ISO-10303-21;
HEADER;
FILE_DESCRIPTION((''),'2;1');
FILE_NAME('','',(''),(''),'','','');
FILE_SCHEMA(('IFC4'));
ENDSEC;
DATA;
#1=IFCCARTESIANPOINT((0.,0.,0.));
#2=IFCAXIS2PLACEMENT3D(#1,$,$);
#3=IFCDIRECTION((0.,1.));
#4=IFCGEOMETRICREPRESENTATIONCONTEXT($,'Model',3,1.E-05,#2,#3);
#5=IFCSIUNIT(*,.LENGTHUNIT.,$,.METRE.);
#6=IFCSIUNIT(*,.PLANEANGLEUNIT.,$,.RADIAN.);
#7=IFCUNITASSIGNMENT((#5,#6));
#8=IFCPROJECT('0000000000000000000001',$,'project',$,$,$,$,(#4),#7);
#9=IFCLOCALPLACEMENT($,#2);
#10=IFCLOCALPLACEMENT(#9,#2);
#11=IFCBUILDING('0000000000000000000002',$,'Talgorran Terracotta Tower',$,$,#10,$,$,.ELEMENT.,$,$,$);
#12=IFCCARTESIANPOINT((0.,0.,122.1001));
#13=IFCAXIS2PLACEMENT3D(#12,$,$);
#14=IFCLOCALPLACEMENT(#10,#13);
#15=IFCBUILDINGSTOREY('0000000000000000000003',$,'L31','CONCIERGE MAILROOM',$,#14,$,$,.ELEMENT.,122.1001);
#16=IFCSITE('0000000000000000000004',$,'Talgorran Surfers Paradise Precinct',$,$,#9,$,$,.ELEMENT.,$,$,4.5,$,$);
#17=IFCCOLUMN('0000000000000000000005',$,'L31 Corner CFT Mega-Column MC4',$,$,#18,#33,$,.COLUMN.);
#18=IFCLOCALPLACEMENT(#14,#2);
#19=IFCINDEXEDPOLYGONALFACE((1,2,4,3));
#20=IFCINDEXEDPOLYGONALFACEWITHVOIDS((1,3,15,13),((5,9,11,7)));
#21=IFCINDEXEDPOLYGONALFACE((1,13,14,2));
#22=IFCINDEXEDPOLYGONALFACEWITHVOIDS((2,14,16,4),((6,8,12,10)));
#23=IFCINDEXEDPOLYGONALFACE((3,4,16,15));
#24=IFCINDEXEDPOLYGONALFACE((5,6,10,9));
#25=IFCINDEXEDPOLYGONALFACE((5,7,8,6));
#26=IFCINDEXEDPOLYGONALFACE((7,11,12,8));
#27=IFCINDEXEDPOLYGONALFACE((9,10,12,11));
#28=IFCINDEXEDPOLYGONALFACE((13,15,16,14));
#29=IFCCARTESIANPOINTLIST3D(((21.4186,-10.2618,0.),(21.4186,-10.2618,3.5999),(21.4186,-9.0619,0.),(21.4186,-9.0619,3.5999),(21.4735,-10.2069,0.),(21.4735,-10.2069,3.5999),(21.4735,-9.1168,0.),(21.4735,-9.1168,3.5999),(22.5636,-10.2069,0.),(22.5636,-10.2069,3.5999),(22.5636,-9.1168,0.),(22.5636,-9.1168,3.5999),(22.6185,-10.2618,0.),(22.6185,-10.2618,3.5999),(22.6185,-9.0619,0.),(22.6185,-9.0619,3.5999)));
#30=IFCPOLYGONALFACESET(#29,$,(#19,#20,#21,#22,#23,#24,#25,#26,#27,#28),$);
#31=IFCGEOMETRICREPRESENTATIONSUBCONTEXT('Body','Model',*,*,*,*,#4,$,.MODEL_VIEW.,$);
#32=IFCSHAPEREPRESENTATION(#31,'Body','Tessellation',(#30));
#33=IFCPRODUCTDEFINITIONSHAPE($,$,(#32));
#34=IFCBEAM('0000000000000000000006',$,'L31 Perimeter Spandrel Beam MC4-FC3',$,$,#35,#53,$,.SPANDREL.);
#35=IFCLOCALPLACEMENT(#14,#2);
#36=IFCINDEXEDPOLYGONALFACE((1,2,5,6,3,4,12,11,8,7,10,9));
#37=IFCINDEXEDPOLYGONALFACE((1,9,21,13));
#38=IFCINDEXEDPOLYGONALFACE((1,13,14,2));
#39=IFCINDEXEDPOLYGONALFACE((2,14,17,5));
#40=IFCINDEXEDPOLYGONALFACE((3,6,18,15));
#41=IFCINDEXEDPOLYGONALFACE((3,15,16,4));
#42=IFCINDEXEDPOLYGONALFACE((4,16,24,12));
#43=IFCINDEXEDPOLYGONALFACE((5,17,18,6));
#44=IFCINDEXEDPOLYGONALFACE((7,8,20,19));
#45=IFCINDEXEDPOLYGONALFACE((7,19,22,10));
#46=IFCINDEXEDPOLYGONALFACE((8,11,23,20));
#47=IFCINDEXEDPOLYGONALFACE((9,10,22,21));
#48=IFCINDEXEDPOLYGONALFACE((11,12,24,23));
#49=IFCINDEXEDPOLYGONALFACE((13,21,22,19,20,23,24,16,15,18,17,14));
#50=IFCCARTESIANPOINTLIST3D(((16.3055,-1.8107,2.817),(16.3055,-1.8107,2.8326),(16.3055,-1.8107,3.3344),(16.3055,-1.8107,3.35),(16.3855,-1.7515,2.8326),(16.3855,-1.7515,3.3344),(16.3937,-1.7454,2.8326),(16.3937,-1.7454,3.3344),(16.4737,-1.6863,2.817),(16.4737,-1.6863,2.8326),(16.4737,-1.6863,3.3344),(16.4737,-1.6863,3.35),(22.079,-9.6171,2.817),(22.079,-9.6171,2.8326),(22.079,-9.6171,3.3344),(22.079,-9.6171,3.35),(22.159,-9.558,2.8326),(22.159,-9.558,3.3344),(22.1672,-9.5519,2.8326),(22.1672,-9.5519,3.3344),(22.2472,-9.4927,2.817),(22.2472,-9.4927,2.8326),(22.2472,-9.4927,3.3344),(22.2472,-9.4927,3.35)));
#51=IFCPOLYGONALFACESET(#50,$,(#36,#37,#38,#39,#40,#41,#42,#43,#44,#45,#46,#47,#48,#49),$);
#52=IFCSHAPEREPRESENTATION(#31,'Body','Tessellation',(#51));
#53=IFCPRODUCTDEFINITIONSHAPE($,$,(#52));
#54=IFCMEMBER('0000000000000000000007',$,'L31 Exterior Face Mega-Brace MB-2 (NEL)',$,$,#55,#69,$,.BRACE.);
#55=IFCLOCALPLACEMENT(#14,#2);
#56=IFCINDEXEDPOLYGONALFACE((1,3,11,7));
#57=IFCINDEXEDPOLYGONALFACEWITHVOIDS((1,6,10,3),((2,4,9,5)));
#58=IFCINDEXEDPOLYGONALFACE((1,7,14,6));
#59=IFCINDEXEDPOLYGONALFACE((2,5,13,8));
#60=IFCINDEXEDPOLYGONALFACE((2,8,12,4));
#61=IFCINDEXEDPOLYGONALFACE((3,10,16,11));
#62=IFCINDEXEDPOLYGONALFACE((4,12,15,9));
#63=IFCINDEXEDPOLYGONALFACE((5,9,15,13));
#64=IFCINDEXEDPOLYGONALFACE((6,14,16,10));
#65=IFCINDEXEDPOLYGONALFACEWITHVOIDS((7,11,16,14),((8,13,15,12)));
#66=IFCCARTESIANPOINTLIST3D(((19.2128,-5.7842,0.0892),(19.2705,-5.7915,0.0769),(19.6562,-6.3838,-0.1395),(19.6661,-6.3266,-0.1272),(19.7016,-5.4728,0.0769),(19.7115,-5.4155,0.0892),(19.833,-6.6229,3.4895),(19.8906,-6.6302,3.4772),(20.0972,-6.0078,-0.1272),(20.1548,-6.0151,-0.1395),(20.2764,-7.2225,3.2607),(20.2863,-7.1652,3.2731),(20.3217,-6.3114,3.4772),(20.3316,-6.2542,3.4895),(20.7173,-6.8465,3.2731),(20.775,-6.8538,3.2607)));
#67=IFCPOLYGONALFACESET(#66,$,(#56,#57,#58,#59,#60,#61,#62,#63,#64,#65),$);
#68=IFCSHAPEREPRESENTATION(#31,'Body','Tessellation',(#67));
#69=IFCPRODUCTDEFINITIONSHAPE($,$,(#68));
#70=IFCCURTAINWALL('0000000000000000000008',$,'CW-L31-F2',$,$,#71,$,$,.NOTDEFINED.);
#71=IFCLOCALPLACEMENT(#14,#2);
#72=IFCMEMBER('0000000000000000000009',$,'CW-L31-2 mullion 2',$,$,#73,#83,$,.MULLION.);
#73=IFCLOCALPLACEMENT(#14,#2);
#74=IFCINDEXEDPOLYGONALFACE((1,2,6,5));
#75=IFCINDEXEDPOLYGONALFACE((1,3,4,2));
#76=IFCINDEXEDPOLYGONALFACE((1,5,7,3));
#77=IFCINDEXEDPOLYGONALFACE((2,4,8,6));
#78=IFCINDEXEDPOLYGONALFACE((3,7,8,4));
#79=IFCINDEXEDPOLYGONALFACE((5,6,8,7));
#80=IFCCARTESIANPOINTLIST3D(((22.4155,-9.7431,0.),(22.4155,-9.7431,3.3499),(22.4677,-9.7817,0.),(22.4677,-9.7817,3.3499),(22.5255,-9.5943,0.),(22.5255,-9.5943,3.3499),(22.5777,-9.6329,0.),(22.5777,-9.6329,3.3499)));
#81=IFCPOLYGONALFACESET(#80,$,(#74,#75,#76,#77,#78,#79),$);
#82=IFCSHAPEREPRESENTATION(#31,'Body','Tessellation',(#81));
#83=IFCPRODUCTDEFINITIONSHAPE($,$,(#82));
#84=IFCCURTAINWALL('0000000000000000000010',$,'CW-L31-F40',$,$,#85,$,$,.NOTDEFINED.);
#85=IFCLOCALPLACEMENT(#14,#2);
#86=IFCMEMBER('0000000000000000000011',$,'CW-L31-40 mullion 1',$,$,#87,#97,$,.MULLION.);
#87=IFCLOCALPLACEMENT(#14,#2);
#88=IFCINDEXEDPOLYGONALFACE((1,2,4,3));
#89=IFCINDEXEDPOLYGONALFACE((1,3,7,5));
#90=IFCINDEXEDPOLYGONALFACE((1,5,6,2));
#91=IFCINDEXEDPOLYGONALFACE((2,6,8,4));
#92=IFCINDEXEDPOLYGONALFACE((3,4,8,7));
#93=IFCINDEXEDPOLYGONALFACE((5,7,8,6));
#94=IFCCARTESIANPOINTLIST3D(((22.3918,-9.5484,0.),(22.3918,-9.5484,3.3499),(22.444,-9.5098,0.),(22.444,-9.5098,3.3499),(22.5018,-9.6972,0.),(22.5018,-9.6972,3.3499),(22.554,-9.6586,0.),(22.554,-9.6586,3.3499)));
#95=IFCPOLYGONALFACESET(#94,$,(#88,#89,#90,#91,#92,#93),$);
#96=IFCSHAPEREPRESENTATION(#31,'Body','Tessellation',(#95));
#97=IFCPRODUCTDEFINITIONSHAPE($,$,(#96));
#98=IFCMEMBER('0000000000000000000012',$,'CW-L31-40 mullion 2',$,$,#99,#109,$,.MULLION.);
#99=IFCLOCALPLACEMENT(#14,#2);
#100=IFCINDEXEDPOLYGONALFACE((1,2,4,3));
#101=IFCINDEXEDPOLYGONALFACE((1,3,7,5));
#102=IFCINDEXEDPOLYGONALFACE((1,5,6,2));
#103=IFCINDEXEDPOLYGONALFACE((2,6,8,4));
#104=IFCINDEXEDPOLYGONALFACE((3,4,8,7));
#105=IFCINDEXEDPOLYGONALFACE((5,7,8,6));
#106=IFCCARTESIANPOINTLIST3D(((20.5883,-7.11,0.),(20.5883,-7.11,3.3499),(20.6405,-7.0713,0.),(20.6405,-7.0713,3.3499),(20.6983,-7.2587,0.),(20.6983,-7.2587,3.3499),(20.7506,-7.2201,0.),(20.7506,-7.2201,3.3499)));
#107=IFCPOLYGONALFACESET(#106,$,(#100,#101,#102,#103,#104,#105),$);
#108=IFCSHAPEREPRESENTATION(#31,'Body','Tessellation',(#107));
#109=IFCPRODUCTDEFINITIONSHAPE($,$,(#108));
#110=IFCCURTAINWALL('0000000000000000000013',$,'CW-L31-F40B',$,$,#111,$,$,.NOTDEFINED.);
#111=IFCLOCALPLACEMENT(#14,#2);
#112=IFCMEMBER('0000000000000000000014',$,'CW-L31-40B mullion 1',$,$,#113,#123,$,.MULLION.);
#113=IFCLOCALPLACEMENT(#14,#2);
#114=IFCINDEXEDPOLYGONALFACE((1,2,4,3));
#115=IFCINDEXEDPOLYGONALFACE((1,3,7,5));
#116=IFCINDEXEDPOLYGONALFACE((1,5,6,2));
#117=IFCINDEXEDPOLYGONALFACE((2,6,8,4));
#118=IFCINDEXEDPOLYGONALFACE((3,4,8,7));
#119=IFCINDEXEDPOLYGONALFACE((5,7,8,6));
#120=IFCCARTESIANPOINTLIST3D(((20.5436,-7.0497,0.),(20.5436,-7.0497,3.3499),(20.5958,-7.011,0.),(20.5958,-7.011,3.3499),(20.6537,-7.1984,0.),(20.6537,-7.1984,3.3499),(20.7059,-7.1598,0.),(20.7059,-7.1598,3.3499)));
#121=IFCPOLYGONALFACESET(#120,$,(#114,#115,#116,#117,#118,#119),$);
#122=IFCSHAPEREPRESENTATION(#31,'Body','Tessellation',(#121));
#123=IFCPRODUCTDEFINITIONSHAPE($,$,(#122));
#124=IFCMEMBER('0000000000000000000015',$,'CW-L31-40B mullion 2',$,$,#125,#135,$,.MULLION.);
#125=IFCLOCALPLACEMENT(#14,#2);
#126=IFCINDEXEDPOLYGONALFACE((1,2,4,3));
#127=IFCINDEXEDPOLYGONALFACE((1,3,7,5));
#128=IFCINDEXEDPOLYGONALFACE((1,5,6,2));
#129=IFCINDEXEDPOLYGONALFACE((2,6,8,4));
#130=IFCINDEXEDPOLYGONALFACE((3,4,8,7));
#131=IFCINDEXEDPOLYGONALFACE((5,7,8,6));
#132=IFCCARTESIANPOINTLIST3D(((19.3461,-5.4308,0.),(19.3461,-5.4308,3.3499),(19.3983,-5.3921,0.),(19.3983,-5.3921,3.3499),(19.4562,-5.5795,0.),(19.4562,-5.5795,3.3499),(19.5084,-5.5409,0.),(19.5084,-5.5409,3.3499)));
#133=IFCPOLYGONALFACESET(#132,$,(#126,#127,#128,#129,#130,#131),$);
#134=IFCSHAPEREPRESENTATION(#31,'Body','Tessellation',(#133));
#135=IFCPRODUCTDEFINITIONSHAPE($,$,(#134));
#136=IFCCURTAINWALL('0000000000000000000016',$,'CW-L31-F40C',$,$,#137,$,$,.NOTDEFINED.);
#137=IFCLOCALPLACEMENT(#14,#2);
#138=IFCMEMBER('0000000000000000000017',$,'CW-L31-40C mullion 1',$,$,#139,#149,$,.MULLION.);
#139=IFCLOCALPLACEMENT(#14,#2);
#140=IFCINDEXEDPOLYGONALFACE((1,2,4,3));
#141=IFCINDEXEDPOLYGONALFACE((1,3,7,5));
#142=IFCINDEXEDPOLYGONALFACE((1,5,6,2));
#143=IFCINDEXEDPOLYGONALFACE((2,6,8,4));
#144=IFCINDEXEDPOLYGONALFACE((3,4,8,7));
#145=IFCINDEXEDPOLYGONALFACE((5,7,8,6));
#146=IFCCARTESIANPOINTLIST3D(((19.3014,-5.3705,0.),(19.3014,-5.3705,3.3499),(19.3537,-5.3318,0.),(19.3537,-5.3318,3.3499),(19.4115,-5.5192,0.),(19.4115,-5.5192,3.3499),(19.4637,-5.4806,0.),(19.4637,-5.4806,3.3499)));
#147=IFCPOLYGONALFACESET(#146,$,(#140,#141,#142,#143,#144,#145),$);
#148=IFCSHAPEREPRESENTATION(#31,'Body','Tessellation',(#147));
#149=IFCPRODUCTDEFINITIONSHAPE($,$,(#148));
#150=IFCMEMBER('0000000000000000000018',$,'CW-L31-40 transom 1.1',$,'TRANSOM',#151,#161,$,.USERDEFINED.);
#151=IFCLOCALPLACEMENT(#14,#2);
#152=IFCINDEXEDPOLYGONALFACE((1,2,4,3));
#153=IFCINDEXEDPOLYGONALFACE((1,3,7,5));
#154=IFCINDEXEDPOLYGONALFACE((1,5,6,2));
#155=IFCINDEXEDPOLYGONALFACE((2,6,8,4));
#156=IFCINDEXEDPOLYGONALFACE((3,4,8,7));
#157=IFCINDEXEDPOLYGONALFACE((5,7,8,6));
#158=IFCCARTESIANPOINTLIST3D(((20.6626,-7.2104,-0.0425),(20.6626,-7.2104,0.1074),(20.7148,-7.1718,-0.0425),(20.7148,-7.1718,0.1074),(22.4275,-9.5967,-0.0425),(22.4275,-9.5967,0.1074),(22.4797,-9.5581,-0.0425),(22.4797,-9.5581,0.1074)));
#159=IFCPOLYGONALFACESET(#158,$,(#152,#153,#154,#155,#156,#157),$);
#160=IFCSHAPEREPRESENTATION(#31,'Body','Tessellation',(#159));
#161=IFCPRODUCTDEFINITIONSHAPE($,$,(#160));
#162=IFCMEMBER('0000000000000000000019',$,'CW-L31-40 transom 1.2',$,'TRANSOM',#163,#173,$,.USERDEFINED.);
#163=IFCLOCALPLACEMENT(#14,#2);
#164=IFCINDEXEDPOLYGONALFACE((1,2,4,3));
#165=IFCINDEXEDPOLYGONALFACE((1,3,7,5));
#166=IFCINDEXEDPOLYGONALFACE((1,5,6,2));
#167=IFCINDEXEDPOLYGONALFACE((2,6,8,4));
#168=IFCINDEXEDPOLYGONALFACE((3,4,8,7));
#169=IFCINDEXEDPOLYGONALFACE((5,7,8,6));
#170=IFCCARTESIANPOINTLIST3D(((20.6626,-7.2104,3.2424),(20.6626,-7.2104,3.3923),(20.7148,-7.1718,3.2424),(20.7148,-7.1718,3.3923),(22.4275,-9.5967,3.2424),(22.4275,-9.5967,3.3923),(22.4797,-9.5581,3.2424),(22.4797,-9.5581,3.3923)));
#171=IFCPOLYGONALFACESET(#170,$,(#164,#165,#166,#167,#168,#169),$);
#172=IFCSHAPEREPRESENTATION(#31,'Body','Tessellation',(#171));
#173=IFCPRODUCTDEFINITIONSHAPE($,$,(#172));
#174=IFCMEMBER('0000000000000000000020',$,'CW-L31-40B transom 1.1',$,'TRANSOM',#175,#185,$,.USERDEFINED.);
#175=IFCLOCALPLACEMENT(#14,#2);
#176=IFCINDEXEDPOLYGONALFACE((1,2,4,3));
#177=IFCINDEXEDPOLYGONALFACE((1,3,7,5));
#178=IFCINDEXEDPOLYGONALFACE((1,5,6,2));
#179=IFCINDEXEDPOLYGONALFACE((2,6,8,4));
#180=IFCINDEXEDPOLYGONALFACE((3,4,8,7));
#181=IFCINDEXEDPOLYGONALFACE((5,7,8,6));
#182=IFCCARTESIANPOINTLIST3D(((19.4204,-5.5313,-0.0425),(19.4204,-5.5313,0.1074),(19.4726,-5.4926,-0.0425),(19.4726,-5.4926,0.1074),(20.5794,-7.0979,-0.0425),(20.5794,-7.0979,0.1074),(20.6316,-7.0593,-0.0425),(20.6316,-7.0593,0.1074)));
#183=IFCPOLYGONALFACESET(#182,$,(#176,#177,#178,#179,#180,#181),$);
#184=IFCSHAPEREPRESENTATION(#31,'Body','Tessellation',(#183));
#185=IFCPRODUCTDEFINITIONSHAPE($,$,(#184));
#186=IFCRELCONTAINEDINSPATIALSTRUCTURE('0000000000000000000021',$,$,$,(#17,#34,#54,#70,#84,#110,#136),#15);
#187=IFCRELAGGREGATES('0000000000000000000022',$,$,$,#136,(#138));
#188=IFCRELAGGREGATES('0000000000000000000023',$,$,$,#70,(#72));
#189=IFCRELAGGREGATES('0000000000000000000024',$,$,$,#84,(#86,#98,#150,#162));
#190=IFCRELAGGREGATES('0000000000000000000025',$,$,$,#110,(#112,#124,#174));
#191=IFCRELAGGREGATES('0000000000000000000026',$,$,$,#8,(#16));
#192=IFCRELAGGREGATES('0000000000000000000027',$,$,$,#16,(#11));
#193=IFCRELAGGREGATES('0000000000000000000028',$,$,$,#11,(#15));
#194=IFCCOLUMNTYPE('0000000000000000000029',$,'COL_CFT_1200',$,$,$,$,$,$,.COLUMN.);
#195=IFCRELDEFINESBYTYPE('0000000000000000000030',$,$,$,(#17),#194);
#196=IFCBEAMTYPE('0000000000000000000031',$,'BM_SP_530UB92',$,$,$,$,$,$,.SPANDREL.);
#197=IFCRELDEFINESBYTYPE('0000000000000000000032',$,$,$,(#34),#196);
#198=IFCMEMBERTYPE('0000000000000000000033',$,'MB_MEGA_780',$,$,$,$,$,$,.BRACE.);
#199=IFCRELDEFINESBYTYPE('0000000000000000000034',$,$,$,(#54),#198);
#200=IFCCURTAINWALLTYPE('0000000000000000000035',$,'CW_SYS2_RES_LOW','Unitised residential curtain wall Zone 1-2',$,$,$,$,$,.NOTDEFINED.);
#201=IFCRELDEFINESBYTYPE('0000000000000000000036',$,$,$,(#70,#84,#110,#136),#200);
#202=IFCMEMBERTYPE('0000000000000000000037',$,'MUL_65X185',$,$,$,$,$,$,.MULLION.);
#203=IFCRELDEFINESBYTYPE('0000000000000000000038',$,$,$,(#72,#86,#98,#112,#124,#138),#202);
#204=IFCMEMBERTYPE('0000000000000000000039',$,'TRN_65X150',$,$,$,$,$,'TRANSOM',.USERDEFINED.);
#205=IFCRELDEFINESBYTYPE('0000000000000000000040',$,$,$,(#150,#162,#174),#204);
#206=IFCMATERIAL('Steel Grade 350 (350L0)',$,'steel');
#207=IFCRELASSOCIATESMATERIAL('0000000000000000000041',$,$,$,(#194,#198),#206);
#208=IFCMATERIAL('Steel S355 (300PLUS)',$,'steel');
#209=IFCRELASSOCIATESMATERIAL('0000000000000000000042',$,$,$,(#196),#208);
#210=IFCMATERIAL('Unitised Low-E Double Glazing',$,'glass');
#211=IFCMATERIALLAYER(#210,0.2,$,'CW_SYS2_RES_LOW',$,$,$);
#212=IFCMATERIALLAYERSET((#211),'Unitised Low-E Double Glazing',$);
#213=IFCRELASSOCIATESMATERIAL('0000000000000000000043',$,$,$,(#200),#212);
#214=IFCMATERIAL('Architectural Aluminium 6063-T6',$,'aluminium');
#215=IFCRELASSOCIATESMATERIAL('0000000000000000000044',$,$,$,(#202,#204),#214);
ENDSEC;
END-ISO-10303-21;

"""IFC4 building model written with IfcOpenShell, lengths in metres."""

from ifc_helpers import new_model, si_unit, direction, frame, origin, origin_2d, place, context, subcontext, project, spatial, rectangle, hollow_rectangle, i_section, extrude, material, layer, layer_set, material_profile, profile_set, type_object, element, aggregate, save


model = new_model("IFC4")

# Units and contexts
model_context = context("Model", 3, precision=1e-05, world=origin(), true_north=direction((0.0, 1.0)))
body_context = subcontext(model_context, "Body", "Model", "MODEL_VIEW")
ifc_project = project(units=[si_unit("LENGTHUNIT", "METRE"), si_unit("PLANEANGLEUNIT", "RADIAN")], contexts=[model_context])

# Site, building, storey
site_placement = place(None, origin())
site = spatial("IfcSite", under=ifc_project, at=site_placement, Name="Talgorran Surfers Paradise Precinct", CompositionType="ELEMENT", RefElevation=4.5)
building_placement = place(site_placement, origin())
building = spatial("IfcBuilding", under=site, at=building_placement, Name="Talgorran Terracotta Tower", CompositionType="ELEMENT")
storey_placement = place(building_placement, frame((0.0, 0.0, 122.1001)))
storey = spatial("IfcBuildingStorey", under=building, at=storey_placement, Name="L31", Description="CONCIERGE MAILROOM", CompositionType="ELEMENT", Elevation=122.1001)

# Column
ifc_material_1 = material(Name="Steel Grade 350 (350L0)", Category="steel")
ifc_material_profile_1 = material_profile(ifc_material_1, hollow_rectangle(XDim=1.2, YDim=1.2, WallThickness=0.0549, at=origin_2d()), Name="CFT1200X1200X55")
ifc_profile_set_1 = profile_set([ifc_material_profile_1], Name="Steel Grade 350 (350L0)")
column_type = type_object("IfcColumnType", Name="COL_CFT_1200", PredefinedType="COLUMN", material=ifc_profile_set_1)
column_placement = place(storey_placement, frame((22.0186, -9.6619, 0.0), z_axis=(0.0, 0.0, 1.0), x_axis=(1.0, 0.0, 0.0)))
element("IfcColumn", 1, at=column_placement, inside=storey, type_object=column_type, Name="L31 Corner CFT Mega-Column MC4", PredefinedType="COLUMN", context=body_context, shape_type="SweptSolid", body=[
    extrude(hollow_rectangle(XDim=1.2, YDim=1.2, WallThickness=0.0549, at=origin_2d()), origin(), (0.0, 0.0, 1.0), 3.5999),
])

# Beam
ifc_material_2 = material(Name="Steel S355 (300PLUS)", Category="steel")
ifc_material_profile_2 = material_profile(ifc_material_2, i_section(OverallWidth=0.2092, OverallDepth=0.533, WebThickness=0.0103, FlangeThickness=0.0156, at=origin_2d()), Name="530UB92.4")
ifc_profile_set_2 = profile_set([ifc_material_profile_2], Name="Steel S355 (300PLUS)")
beam_type = type_object("IfcBeamType", Name="BM_SP_530UB92", PredefinedType="SPANDREL", material=ifc_profile_set_2)
beam_placement = place(storey_placement, frame((22.1631, -9.5549, 3.0835), z_axis=(-0.594624, 0.804004, 0.0), x_axis=(-0.804004, -0.594624, 0.0)))
element("IfcBeam", 2, at=beam_placement, inside=storey, type_object=beam_type, Name="L31 Perimeter Spandrel Beam MC4-FC3", PredefinedType="SPANDREL", context=body_context, shape_type="SweptSolid", body=[
    extrude(i_section(OverallWidth=0.2092, OverallDepth=0.533, WebThickness=0.0103, FlangeThickness=0.0156, at=origin_2d()), origin(), (0.0, 0.0, 1.0), 9.7095),
])

# Member
ifc_material_profile_3 = material_profile(ifc_material_1, hollow_rectangle(XDim=0.6201, YDim=0.78, WallThickness=0.042, at=origin_2d()), Name="WBOX780X620X42")
ifc_profile_set_3 = profile_set([ifc_material_profile_3], Name="Steel Grade 350 (350L0)")
member_type_1 = type_object("IfcMemberType", Name="MB_MEGA_780", PredefinedType="BRACE", material=ifc_profile_set_3)
member_1_placement = place(storey_placement, frame((19.6838, -5.8997, -0.0251), z_axis=(0.174361, -0.235799, 0.956032), x_axis=(0.804055, 0.594556, 0.0)))
element("IfcMember", 3, at=member_1_placement, inside=storey, type_object=member_type_1, Name="L31 Exterior Face Mega-Brace MB-2 (NEL)", PredefinedType="BRACE", context=body_context, shape_type="SweptSolid", body=[
    extrude(hollow_rectangle(XDim=0.6201, YDim=0.78, WallThickness=0.042, at=origin_2d()), origin(), (0.0, 0.0, 1.0), 3.5566),
])

# Curtain wall, member
ifc_material_3 = material(Name="Unitised Low-E Double Glazing", Category="glass")
ifc_layer_1 = layer(ifc_material_3, 0.2, Name="CW_SYS2_RES_LOW")
ifc_layer_set_1 = layer_set([ifc_layer_1], Name="Unitised Low-E Double Glazing")
curtain_wall_type = type_object("IfcCurtainWallType", Name="CW_SYS2_RES_LOW", Description="Unitised residential curtain wall Zone 1-2", PredefinedType="NOTDEFINED", material=ifc_layer_set_1)
curtain_wall_1_placement = place(storey_placement, origin())
curtain_wall_1 = element("IfcCurtainWall", 4, at=curtain_wall_1_placement, inside=storey, type_object=curtain_wall_type, Name="CW-L31-F2", PredefinedType="NOTDEFINED")
ifc_material_4 = material(Name="Architectural Aluminium 6063-T6", Category="aluminium")
ifc_material_profile_4 = material_profile(ifc_material_4, rectangle(XDim=0.0649, YDim=0.1851, at=origin_2d()), Name="CWM65X185")
ifc_profile_set_4 = profile_set([ifc_material_profile_4], Name="Architectural Aluminium 6063-T6")
member_type_2 = type_object("IfcMemberType", Name="MUL_65X185", PredefinedType="MULLION", material=ifc_profile_set_4)
member_2_placement = place(storey_placement, frame((22.4966, -9.688, 0.0), z_axis=(0.0, 0.0, 1.0), x_axis=(-0.803993, 0.594638, 0.0)))
member_2 = element("IfcMember", 5, at=member_2_placement, type_object=member_type_2, Name="CW-L31-2 mullion 2", PredefinedType="MULLION", context=body_context, shape_type="SweptSolid", body=[
    extrude(rectangle(XDim=0.0649, YDim=0.1851, at=origin_2d()), origin(), (0.0, 0.0, 1.0), 3.3499),
])

# Curtain walls, members
curtain_wall_2_placement = place(storey_placement, origin())
curtain_wall_2 = element("IfcCurtainWall", 6, at=curtain_wall_2_placement, inside=storey, type_object=curtain_wall_type, Name="CW-L31-F40", PredefinedType="NOTDEFINED")
member_3_placement = place(storey_placement, frame((22.4729, -9.6035, 0.0), z_axis=(0.0, 0.0, 1.0), x_axis=(-0.803995, -0.594636, 0.0)))
member_3 = element("IfcMember", 7, at=member_3_placement, type_object=member_type_2, Name="CW-L31-40 mullion 1", PredefinedType="MULLION", context=body_context, shape_type="SweptSolid", body=[
    extrude(rectangle(XDim=0.0649, YDim=0.1851, at=origin_2d()), origin(), (0.0, 0.0, 1.0), 3.3499),
])
member_4_placement = place(storey_placement, frame((20.6694, -7.165, 0.0), z_axis=(0.0, 0.0, 1.0), x_axis=(-0.803995, -0.594636, 0.0)))
member_4 = element("IfcMember", 8, at=member_4_placement, type_object=member_type_2, Name="CW-L31-40 mullion 2", PredefinedType="MULLION", context=body_context, shape_type="SweptSolid", body=[
    extrude(rectangle(XDim=0.0649, YDim=0.1851, at=origin_2d()), origin(), (0.0, 0.0, 1.0), 3.3499),
])
curtain_wall_3_placement = place(storey_placement, origin())
curtain_wall_3 = element("IfcCurtainWall", 9, at=curtain_wall_3_placement, inside=storey, type_object=curtain_wall_type, Name="CW-L31-F40B", PredefinedType="NOTDEFINED")
member_5_placement = place(storey_placement, frame((20.6248, -7.1047, 0.0), z_axis=(0.0, 0.0, 1.0), x_axis=(-0.803994, -0.594637, 0.0)))
member_5 = element("IfcMember", 10, at=member_5_placement, type_object=member_type_2, Name="CW-L31-40B mullion 1", PredefinedType="MULLION", context=body_context, shape_type="SweptSolid", body=[
    extrude(rectangle(XDim=0.0649, YDim=0.1851, at=origin_2d()), origin(), (0.0, 0.0, 1.0), 3.3499),
])
member_6_placement = place(storey_placement, frame((19.4272, -5.4858, 0.0), z_axis=(0.0, 0.0, 1.0), x_axis=(-0.803994, -0.594637, 0.0)))
member_6 = element("IfcMember", 11, at=member_6_placement, type_object=member_type_2, Name="CW-L31-40B mullion 2", PredefinedType="MULLION", context=body_context, shape_type="SweptSolid", body=[
    extrude(rectangle(XDim=0.0649, YDim=0.1851, at=origin_2d()), origin(), (0.0, 0.0, 1.0), 3.3499),
])

# Curtain wall, member
curtain_wall_4_placement = place(storey_placement, origin())
curtain_wall_4 = element("IfcCurtainWall", 12, at=curtain_wall_4_placement, inside=storey, type_object=curtain_wall_type, Name="CW-L31-F40C", PredefinedType="NOTDEFINED")
member_7_placement = place(storey_placement, frame((19.3826, -5.4255, 0.0), z_axis=(0.0, 0.0, 1.0), x_axis=(-0.803995, -0.594636, 0.0)))
member_7 = element("IfcMember", 13, at=member_7_placement, type_object=member_type_2, Name="CW-L31-40C mullion 1", PredefinedType="MULLION", context=body_context, shape_type="SweptSolid", body=[
    extrude(rectangle(XDim=0.0649, YDim=0.1851, at=origin_2d()), origin(), (0.0, 0.0, 1.0), 3.3499),
])
aggregate(curtain_wall_4, [member_7])

# Members
ifc_material_profile_5 = material_profile(ifc_material_4, rectangle(XDim=0.0649, YDim=0.1499, at=origin_2d()), Name="CWT65X150")
ifc_profile_set_5 = profile_set([ifc_material_profile_5], Name="Architectural Aluminium 6063-T6")
member_type_3 = type_object("IfcMemberType", Name="TRN_65X150", ElementType="TRANSOM", PredefinedType="USERDEFINED", material=ifc_profile_set_5)
member_8_placement = place(storey_placement, frame((22.4536, -9.5774, 0.0325), z_axis=(-0.594643, 0.80399, 0.0), x_axis=(-0.80399, -0.594643, 0.0)))
member_8 = element("IfcMember", 14, at=member_8_placement, type_object=member_type_3, Name="CW-L31-40 transom 1.1", ObjectType="TRANSOM", PredefinedType="USERDEFINED", context=body_context, shape_type="SweptSolid", body=[
    extrude(rectangle(XDim=0.0649, YDim=0.1499, at=origin_2d()), origin(), (0.0, 0.0, 1.0), 2.968),
])
member_9_placement = place(storey_placement, frame((22.4536, -9.5774, 3.3174), z_axis=(-0.594643, 0.80399, 0.0), x_axis=(-0.80399, -0.594643, 0.0)))
member_9 = element("IfcMember", 15, at=member_9_placement, type_object=member_type_3, Name="CW-L31-40 transom 1.2", ObjectType="TRANSOM", PredefinedType="USERDEFINED", context=body_context, shape_type="SweptSolid", body=[
    extrude(rectangle(XDim=0.0649, YDim=0.1499, at=origin_2d()), origin(), (0.0, 0.0, 1.0), 2.968),
])
member_10_placement = place(storey_placement, frame((20.6055, -7.0786, 0.0325), z_axis=(-0.594715, 0.803937, 0.0), x_axis=(-0.803937, -0.594715, 0.0)))
member_10 = element("IfcMember", 16, at=member_10_placement, type_object=member_type_3, Name="CW-L31-40B transom 1.1", ObjectType="TRANSOM", PredefinedType="USERDEFINED", context=body_context, shape_type="SweptSolid", body=[
    extrude(rectangle(XDim=0.0649, YDim=0.1499, at=origin_2d()), origin(), (0.0, 0.0, 1.0), 1.9487),
])

aggregate(curtain_wall_1, [member_2])
aggregate(curtain_wall_2, [member_3, member_4, member_8, member_9])
aggregate(curtain_wall_3, [member_5, member_6, member_10])

save(model, "model.ifc")
